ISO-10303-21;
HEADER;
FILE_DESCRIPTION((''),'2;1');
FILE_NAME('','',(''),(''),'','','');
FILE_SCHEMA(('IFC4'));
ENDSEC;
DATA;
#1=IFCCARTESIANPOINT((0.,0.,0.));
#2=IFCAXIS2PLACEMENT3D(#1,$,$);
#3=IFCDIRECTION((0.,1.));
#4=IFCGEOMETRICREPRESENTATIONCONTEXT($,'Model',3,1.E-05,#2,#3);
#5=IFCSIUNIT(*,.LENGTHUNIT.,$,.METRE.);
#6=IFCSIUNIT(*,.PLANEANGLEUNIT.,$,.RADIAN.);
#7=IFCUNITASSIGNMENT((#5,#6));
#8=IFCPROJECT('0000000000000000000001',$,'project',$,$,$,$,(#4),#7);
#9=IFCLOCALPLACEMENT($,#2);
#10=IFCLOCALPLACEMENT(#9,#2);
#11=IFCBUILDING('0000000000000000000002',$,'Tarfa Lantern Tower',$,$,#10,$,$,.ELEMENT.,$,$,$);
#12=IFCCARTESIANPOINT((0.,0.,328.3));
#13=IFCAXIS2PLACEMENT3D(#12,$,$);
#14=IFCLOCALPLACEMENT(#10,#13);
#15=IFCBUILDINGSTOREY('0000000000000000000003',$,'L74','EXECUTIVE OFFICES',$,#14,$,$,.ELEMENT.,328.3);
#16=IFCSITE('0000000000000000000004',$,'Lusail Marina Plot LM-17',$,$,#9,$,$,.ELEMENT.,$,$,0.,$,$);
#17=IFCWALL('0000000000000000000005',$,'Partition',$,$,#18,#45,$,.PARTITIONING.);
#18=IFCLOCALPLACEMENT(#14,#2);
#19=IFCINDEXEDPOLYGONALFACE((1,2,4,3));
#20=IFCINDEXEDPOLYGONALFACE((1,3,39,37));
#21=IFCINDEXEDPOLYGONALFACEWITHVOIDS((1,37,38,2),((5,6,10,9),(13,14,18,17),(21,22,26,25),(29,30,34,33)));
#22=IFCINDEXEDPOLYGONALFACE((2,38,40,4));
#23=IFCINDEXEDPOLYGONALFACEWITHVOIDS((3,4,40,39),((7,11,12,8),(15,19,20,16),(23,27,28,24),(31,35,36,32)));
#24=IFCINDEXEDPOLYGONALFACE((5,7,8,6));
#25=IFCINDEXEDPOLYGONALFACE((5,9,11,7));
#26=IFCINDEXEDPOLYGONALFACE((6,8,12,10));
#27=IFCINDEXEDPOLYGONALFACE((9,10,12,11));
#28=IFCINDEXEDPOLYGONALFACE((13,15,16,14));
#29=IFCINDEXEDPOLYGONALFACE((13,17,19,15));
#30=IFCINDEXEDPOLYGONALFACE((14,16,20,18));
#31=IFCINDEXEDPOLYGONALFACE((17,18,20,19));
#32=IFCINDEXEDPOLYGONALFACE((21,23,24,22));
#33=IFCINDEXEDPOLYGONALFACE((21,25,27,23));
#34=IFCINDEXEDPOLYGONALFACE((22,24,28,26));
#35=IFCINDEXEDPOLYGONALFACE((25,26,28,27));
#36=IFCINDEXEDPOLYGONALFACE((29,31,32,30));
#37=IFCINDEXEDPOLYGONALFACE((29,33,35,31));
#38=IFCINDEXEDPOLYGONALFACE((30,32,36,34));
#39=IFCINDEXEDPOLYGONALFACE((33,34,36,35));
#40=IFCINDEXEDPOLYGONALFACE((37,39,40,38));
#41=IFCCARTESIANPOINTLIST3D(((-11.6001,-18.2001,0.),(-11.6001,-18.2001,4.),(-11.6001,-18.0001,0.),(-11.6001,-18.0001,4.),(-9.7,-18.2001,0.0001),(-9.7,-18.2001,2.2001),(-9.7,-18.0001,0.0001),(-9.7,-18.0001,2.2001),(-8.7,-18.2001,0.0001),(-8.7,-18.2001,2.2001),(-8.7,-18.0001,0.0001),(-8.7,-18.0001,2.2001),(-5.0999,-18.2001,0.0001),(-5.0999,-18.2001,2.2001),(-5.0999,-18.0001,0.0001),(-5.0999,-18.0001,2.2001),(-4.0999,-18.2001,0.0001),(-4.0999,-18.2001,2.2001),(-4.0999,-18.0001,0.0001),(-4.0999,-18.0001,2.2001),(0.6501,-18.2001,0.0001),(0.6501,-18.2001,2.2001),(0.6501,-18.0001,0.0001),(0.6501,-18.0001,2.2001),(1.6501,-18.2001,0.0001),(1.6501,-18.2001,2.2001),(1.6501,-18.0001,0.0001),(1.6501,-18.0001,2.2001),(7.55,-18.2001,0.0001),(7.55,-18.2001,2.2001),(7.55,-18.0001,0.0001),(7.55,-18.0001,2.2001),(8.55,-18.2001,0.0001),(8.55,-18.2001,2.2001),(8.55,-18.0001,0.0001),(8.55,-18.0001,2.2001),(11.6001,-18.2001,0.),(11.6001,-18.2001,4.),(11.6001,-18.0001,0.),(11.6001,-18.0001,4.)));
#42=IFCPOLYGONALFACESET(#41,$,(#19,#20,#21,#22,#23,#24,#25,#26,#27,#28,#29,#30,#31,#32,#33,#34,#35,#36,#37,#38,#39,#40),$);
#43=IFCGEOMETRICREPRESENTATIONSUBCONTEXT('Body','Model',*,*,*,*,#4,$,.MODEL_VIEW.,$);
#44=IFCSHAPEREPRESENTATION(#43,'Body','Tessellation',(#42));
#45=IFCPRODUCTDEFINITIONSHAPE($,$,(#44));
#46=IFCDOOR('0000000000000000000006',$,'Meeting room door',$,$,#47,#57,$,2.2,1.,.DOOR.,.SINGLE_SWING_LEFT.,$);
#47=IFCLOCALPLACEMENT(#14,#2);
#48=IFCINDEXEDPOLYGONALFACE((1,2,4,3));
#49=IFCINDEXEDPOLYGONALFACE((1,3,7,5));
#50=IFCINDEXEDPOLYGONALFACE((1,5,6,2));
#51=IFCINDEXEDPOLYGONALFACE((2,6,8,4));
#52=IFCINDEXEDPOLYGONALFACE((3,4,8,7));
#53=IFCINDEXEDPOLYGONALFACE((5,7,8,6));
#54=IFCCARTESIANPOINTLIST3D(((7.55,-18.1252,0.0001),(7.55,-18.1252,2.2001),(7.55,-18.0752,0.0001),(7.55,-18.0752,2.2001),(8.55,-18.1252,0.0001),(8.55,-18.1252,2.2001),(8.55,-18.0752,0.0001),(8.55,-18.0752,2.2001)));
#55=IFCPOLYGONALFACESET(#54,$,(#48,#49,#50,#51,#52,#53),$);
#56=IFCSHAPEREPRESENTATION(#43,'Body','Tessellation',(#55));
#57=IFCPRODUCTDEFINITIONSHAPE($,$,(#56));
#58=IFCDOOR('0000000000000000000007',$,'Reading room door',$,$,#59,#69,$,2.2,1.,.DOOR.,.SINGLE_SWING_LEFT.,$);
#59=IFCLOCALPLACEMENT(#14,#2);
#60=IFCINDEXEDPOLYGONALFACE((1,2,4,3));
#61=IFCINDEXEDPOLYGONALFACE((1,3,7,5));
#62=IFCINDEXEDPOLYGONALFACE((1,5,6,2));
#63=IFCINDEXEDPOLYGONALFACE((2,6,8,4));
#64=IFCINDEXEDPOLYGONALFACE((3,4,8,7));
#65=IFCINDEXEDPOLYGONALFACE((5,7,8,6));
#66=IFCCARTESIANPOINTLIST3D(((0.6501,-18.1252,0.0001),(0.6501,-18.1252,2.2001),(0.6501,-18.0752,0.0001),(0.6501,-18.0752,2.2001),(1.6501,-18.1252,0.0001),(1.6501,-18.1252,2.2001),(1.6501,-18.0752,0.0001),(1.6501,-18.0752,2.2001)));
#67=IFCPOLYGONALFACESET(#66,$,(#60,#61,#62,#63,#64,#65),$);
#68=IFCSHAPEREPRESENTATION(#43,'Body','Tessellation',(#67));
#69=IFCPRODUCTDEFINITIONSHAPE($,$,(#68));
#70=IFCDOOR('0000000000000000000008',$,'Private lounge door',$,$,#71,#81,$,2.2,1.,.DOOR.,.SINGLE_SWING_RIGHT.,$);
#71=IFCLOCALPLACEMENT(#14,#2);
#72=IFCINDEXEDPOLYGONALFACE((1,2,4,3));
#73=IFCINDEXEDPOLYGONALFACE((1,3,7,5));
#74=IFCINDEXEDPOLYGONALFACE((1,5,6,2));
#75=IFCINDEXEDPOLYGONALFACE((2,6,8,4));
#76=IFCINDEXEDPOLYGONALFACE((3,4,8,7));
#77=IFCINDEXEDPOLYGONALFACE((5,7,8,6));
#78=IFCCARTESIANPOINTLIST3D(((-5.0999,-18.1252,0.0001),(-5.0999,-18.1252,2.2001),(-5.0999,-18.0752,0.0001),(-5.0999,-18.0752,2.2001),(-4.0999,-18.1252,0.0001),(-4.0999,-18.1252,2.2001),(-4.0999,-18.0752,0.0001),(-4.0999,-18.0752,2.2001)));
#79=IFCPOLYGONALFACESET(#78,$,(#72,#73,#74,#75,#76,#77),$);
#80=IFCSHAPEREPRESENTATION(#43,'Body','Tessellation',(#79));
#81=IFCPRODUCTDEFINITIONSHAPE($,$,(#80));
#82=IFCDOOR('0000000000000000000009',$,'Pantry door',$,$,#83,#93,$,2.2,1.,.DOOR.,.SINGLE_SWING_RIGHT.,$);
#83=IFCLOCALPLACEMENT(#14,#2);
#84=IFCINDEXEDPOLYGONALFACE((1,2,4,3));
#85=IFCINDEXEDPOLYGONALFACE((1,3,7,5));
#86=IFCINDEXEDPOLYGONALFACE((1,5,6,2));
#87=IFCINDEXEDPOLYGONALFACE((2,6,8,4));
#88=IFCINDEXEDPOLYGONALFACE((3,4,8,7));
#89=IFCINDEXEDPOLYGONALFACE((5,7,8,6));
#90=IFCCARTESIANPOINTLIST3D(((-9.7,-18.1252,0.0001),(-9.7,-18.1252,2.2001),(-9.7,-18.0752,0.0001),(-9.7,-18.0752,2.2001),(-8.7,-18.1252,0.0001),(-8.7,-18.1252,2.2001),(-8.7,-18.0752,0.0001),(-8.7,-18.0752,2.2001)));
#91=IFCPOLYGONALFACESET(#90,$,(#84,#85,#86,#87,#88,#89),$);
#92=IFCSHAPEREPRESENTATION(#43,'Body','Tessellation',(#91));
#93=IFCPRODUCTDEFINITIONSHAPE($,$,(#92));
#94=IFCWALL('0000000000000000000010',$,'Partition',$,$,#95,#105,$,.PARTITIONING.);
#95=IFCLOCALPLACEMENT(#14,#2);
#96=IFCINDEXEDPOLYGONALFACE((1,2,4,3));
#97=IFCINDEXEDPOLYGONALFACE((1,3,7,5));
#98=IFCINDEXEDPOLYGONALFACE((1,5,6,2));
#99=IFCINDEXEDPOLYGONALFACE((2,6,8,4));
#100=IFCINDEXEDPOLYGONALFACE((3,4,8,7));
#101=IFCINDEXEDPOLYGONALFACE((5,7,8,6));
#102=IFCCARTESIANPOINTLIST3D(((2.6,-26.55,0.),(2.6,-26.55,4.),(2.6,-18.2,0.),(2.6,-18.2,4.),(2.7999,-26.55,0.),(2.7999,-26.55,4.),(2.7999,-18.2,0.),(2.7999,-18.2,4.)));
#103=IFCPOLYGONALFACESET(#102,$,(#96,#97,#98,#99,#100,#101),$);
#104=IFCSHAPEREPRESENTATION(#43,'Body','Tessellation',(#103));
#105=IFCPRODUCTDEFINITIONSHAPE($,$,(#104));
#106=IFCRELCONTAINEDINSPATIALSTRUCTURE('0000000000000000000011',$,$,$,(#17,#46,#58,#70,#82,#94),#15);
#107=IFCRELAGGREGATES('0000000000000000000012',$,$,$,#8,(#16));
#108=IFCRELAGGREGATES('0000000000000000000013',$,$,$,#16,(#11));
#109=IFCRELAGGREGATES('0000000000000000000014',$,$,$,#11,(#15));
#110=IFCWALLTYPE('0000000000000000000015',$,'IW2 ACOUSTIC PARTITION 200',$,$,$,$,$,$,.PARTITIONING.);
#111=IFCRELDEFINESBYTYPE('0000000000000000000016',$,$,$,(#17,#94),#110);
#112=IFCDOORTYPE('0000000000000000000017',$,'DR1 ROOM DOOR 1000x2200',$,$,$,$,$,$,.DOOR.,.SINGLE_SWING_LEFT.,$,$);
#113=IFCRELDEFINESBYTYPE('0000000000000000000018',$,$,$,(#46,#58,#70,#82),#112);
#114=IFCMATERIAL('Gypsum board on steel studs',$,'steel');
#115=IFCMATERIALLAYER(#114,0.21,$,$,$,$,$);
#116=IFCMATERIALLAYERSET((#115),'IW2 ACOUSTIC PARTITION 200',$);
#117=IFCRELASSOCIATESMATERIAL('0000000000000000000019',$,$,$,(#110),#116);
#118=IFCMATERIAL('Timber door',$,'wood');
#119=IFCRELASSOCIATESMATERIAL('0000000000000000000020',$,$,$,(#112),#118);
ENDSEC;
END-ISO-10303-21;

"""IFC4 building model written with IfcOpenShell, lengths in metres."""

from ifc_helpers import new_model, si_unit, direction, frame, frame_2d, origin, place, context, subcontext, project, spatial, rectangle, extrude, material, layer, layer_set, type_object, element, fill, save


model = new_model("IFC4")

# Units and contexts
model_context = context("Model", 3, precision=1e-05, world=origin(), true_north=direction((0.0, 1.0)))
body_context = subcontext(model_context, "Body", "Model", "MODEL_VIEW")
ifc_project = project(units=[si_unit("LENGTHUNIT", "METRE"), si_unit("PLANEANGLEUNIT", "RADIAN")], contexts=[model_context])

# Site, building, storey
site_placement = place(None, origin())
site = spatial("IfcSite", under=ifc_project, at=site_placement, Name="Lusail Marina Plot LM-17", CompositionType="ELEMENT", RefElevation=0.0)
building_placement = place(site_placement, origin())
building = spatial("IfcBuilding", under=site, at=building_placement, Name="Tarfa Lantern Tower", CompositionType="ELEMENT")
storey_placement = place(building_placement, frame((0.0, 0.0, 328.3)))
storey = spatial("IfcBuildingStorey", under=building, at=storey_placement, Name="L74", Description="EXECUTIVE OFFICES", CompositionType="ELEMENT", Elevation=328.3)

# Wall, openings, doors
ifc_material_1 = material(Name="Gypsum board on steel studs", Category="steel")
ifc_layer_1 = layer(ifc_material_1, 0.21)
ifc_layer_set_1 = layer_set([ifc_layer_1], Name="IW2 ACOUSTIC PARTITION 200")
wall_type = type_object("IfcWallType", Name="IW2 ACOUSTIC PARTITION 200", PredefinedType="PARTITIONING", material=ifc_layer_set_1)
wall_1_placement = place(storey_placement, frame((11.6001, -18.1001, 0.0), z_axis=(0.0, 0.0, 1.0), x_axis=(-1.0, 0.0, 0.0)))
wall_1 = element("IfcWall", 1, at=wall_1_placement, inside=storey, type_object=wall_type, Name="Partition", PredefinedType="PARTITIONING", context=body_context, shape_type="SweptSolid", body=[
    extrude(rectangle(XDim=23.2002, YDim=0.2, at=frame_2d((11.6001, 0.0))), origin(), (0.0, 0.0, 1.0), 4.0),
])
opening_1_placement = place(wall_1_placement, frame((3.05, 0.0, 0.0)))
opening_1 = element("IfcOpeningElement", 2, at=opening_1_placement, cuts=wall_1, PredefinedType="OPENING", context=body_context, shape_type="SweptSolid", body=[
    extrude(rectangle(XDim=1.0, YDim=2.2, at=frame_2d((0.5, 1.1001))), frame((0.0, 0.1099, 0.0), z_axis=(0.0, -1.0, 0.0), x_axis=(1.0, 0.0, 0.0)), (0.0, 0.0, 1.0), 0.22),
])
opening_2_placement = place(wall_1_placement, frame((9.95, 0.0, 0.0)))
opening_2 = element("IfcOpeningElement", 3, at=opening_2_placement, cuts=wall_1, PredefinedType="OPENING", context=body_context, shape_type="SweptSolid", body=[
    extrude(rectangle(XDim=1.0, YDim=2.2, at=frame_2d((0.5, 1.1001))), frame((0.0, 0.1099, 0.0), z_axis=(0.0, -1.0, 0.0), x_axis=(1.0, 0.0, 0.0)), (0.0, 0.0, 1.0), 0.22),
])
opening_3_placement = place(wall_1_placement, frame((15.7, 0.0, 0.0)))
opening_3 = element("IfcOpeningElement", 4, at=opening_3_placement, cuts=wall_1, PredefinedType="OPENING", context=body_context, shape_type="SweptSolid", body=[
    extrude(rectangle(XDim=1.0, YDim=2.2, at=frame_2d((0.5, 1.1001))), frame((0.0, 0.1099, 0.0), z_axis=(0.0, -1.0, 0.0), x_axis=(1.0, 0.0, 0.0)), (0.0, 0.0, 1.0), 0.22),
])
opening_4_placement = place(wall_1_placement, frame((20.3, 0.0, 0.0)))
opening_4 = element("IfcOpeningElement", 5, at=opening_4_placement, cuts=wall_1, PredefinedType="OPENING", context=body_context, shape_type="SweptSolid", body=[
    extrude(rectangle(XDim=1.0, YDim=2.2, at=frame_2d((0.5, 1.1001))), frame((0.0, 0.1099, 0.0), z_axis=(0.0, -1.0, 0.0), x_axis=(1.0, 0.0, 0.0)), (0.0, 0.0, 1.0), 0.22),
])
ifc_material_2 = material(Name="Timber door", Category="wood")
door_type = type_object("IfcDoorType", Name="DR1 ROOM DOOR 1000x2200", OperationType="SINGLE_SWING_LEFT", PredefinedType="DOOR", material=ifc_material_2)
door_1_placement = place(opening_1_placement, frame((1.0, 0.0, 0.0), z_axis=(0.0, 0.0, 1.0), x_axis=(-1.0, 0.0, 0.0)))
door_1 = element("IfcDoor", 6, at=door_1_placement, inside=storey, type_object=door_type, Name="Meeting room door", OperationType="SINGLE_SWING_LEFT", OverallHeight=2.2, OverallWidth=1.0, PredefinedType="DOOR", context=body_context, shape_type="SweptSolid", body=[
    extrude(rectangle(XDim=1.0, YDim=2.2, at=frame_2d((0.5, 1.1001))), frame((0.0, 0.0249, 0.0), z_axis=(0.0, -1.0, 0.0), x_axis=(1.0, 0.0, 0.0)), (0.0, 0.0, 1.0), 0.05),
])
fill(opening_1, door_1)
door_2_placement = place(opening_2_placement, frame((1.0, 0.0, 0.0), z_axis=(0.0, 0.0, 1.0), x_axis=(-1.0, 0.0, 0.0)))
door_2 = element("IfcDoor", 7, at=door_2_placement, inside=storey, type_object=door_type, Name="Reading room door", OperationType="SINGLE_SWING_LEFT", OverallHeight=2.2, OverallWidth=1.0, PredefinedType="DOOR", context=body_context, shape_type="SweptSolid", body=[
    extrude(rectangle(XDim=1.0, YDim=2.2, at=frame_2d((0.5, 1.1001))), frame((0.0, 0.0249, 0.0), z_axis=(0.0, -1.0, 0.0), x_axis=(1.0, 0.0, 0.0)), (0.0, 0.0, 1.0), 0.05),
])
fill(opening_2, door_2)
door_3_placement = place(opening_3_placement, frame((1.0, 0.0, 0.0), z_axis=(0.0, 0.0, 1.0), x_axis=(-1.0, 0.0, 0.0)))
door_3 = element("IfcDoor", 8, at=door_3_placement, inside=storey, type_object=door_type, Name="Private lounge door", OperationType="SINGLE_SWING_RIGHT", OverallHeight=2.2, OverallWidth=1.0, PredefinedType="DOOR", context=body_context, shape_type="SweptSolid", body=[
    extrude(rectangle(XDim=1.0, YDim=2.2, at=frame_2d((0.5, 1.1001))), frame((0.0, 0.0249, 0.0), z_axis=(0.0, -1.0, 0.0), x_axis=(1.0, 0.0, 0.0)), (0.0, 0.0, 1.0), 0.05),
])
fill(opening_3, door_3)
door_4_placement = place(opening_4_placement, frame((1.0, 0.0, 0.0), z_axis=(0.0, 0.0, 1.0), x_axis=(-1.0, 0.0, 0.0)))
door_4 = element("IfcDoor", 9, at=door_4_placement, inside=storey, type_object=door_type, Name="Pantry door", OperationType="SINGLE_SWING_RIGHT", OverallHeight=2.2, OverallWidth=1.0, PredefinedType="DOOR", context=body_context, shape_type="SweptSolid", body=[
    extrude(rectangle(XDim=1.0, YDim=2.2, at=frame_2d((0.5, 1.1001))), frame((0.0, 0.0249, 0.0), z_axis=(0.0, -1.0, 0.0), x_axis=(1.0, 0.0, 0.0)), (0.0, 0.0, 1.0), 0.05),
])
fill(opening_4, door_4)

# Wall
wall_2_placement = place(storey_placement, frame((2.7, -18.2, 0.0), z_axis=(0.0, 0.0, 1.0), x_axis=(0.0, -1.0, 0.0)))
element("IfcWall", 10, at=wall_2_placement, inside=storey, type_object=wall_type, Name="Partition", PredefinedType="PARTITIONING", context=body_context, shape_type="SweptSolid", body=[
    extrude(rectangle(XDim=8.3501, YDim=0.2, at=frame_2d((4.175, 0.0))), origin(), (0.0, 0.0, 1.0), 4.0),
])

save(model, "model.ifc")
